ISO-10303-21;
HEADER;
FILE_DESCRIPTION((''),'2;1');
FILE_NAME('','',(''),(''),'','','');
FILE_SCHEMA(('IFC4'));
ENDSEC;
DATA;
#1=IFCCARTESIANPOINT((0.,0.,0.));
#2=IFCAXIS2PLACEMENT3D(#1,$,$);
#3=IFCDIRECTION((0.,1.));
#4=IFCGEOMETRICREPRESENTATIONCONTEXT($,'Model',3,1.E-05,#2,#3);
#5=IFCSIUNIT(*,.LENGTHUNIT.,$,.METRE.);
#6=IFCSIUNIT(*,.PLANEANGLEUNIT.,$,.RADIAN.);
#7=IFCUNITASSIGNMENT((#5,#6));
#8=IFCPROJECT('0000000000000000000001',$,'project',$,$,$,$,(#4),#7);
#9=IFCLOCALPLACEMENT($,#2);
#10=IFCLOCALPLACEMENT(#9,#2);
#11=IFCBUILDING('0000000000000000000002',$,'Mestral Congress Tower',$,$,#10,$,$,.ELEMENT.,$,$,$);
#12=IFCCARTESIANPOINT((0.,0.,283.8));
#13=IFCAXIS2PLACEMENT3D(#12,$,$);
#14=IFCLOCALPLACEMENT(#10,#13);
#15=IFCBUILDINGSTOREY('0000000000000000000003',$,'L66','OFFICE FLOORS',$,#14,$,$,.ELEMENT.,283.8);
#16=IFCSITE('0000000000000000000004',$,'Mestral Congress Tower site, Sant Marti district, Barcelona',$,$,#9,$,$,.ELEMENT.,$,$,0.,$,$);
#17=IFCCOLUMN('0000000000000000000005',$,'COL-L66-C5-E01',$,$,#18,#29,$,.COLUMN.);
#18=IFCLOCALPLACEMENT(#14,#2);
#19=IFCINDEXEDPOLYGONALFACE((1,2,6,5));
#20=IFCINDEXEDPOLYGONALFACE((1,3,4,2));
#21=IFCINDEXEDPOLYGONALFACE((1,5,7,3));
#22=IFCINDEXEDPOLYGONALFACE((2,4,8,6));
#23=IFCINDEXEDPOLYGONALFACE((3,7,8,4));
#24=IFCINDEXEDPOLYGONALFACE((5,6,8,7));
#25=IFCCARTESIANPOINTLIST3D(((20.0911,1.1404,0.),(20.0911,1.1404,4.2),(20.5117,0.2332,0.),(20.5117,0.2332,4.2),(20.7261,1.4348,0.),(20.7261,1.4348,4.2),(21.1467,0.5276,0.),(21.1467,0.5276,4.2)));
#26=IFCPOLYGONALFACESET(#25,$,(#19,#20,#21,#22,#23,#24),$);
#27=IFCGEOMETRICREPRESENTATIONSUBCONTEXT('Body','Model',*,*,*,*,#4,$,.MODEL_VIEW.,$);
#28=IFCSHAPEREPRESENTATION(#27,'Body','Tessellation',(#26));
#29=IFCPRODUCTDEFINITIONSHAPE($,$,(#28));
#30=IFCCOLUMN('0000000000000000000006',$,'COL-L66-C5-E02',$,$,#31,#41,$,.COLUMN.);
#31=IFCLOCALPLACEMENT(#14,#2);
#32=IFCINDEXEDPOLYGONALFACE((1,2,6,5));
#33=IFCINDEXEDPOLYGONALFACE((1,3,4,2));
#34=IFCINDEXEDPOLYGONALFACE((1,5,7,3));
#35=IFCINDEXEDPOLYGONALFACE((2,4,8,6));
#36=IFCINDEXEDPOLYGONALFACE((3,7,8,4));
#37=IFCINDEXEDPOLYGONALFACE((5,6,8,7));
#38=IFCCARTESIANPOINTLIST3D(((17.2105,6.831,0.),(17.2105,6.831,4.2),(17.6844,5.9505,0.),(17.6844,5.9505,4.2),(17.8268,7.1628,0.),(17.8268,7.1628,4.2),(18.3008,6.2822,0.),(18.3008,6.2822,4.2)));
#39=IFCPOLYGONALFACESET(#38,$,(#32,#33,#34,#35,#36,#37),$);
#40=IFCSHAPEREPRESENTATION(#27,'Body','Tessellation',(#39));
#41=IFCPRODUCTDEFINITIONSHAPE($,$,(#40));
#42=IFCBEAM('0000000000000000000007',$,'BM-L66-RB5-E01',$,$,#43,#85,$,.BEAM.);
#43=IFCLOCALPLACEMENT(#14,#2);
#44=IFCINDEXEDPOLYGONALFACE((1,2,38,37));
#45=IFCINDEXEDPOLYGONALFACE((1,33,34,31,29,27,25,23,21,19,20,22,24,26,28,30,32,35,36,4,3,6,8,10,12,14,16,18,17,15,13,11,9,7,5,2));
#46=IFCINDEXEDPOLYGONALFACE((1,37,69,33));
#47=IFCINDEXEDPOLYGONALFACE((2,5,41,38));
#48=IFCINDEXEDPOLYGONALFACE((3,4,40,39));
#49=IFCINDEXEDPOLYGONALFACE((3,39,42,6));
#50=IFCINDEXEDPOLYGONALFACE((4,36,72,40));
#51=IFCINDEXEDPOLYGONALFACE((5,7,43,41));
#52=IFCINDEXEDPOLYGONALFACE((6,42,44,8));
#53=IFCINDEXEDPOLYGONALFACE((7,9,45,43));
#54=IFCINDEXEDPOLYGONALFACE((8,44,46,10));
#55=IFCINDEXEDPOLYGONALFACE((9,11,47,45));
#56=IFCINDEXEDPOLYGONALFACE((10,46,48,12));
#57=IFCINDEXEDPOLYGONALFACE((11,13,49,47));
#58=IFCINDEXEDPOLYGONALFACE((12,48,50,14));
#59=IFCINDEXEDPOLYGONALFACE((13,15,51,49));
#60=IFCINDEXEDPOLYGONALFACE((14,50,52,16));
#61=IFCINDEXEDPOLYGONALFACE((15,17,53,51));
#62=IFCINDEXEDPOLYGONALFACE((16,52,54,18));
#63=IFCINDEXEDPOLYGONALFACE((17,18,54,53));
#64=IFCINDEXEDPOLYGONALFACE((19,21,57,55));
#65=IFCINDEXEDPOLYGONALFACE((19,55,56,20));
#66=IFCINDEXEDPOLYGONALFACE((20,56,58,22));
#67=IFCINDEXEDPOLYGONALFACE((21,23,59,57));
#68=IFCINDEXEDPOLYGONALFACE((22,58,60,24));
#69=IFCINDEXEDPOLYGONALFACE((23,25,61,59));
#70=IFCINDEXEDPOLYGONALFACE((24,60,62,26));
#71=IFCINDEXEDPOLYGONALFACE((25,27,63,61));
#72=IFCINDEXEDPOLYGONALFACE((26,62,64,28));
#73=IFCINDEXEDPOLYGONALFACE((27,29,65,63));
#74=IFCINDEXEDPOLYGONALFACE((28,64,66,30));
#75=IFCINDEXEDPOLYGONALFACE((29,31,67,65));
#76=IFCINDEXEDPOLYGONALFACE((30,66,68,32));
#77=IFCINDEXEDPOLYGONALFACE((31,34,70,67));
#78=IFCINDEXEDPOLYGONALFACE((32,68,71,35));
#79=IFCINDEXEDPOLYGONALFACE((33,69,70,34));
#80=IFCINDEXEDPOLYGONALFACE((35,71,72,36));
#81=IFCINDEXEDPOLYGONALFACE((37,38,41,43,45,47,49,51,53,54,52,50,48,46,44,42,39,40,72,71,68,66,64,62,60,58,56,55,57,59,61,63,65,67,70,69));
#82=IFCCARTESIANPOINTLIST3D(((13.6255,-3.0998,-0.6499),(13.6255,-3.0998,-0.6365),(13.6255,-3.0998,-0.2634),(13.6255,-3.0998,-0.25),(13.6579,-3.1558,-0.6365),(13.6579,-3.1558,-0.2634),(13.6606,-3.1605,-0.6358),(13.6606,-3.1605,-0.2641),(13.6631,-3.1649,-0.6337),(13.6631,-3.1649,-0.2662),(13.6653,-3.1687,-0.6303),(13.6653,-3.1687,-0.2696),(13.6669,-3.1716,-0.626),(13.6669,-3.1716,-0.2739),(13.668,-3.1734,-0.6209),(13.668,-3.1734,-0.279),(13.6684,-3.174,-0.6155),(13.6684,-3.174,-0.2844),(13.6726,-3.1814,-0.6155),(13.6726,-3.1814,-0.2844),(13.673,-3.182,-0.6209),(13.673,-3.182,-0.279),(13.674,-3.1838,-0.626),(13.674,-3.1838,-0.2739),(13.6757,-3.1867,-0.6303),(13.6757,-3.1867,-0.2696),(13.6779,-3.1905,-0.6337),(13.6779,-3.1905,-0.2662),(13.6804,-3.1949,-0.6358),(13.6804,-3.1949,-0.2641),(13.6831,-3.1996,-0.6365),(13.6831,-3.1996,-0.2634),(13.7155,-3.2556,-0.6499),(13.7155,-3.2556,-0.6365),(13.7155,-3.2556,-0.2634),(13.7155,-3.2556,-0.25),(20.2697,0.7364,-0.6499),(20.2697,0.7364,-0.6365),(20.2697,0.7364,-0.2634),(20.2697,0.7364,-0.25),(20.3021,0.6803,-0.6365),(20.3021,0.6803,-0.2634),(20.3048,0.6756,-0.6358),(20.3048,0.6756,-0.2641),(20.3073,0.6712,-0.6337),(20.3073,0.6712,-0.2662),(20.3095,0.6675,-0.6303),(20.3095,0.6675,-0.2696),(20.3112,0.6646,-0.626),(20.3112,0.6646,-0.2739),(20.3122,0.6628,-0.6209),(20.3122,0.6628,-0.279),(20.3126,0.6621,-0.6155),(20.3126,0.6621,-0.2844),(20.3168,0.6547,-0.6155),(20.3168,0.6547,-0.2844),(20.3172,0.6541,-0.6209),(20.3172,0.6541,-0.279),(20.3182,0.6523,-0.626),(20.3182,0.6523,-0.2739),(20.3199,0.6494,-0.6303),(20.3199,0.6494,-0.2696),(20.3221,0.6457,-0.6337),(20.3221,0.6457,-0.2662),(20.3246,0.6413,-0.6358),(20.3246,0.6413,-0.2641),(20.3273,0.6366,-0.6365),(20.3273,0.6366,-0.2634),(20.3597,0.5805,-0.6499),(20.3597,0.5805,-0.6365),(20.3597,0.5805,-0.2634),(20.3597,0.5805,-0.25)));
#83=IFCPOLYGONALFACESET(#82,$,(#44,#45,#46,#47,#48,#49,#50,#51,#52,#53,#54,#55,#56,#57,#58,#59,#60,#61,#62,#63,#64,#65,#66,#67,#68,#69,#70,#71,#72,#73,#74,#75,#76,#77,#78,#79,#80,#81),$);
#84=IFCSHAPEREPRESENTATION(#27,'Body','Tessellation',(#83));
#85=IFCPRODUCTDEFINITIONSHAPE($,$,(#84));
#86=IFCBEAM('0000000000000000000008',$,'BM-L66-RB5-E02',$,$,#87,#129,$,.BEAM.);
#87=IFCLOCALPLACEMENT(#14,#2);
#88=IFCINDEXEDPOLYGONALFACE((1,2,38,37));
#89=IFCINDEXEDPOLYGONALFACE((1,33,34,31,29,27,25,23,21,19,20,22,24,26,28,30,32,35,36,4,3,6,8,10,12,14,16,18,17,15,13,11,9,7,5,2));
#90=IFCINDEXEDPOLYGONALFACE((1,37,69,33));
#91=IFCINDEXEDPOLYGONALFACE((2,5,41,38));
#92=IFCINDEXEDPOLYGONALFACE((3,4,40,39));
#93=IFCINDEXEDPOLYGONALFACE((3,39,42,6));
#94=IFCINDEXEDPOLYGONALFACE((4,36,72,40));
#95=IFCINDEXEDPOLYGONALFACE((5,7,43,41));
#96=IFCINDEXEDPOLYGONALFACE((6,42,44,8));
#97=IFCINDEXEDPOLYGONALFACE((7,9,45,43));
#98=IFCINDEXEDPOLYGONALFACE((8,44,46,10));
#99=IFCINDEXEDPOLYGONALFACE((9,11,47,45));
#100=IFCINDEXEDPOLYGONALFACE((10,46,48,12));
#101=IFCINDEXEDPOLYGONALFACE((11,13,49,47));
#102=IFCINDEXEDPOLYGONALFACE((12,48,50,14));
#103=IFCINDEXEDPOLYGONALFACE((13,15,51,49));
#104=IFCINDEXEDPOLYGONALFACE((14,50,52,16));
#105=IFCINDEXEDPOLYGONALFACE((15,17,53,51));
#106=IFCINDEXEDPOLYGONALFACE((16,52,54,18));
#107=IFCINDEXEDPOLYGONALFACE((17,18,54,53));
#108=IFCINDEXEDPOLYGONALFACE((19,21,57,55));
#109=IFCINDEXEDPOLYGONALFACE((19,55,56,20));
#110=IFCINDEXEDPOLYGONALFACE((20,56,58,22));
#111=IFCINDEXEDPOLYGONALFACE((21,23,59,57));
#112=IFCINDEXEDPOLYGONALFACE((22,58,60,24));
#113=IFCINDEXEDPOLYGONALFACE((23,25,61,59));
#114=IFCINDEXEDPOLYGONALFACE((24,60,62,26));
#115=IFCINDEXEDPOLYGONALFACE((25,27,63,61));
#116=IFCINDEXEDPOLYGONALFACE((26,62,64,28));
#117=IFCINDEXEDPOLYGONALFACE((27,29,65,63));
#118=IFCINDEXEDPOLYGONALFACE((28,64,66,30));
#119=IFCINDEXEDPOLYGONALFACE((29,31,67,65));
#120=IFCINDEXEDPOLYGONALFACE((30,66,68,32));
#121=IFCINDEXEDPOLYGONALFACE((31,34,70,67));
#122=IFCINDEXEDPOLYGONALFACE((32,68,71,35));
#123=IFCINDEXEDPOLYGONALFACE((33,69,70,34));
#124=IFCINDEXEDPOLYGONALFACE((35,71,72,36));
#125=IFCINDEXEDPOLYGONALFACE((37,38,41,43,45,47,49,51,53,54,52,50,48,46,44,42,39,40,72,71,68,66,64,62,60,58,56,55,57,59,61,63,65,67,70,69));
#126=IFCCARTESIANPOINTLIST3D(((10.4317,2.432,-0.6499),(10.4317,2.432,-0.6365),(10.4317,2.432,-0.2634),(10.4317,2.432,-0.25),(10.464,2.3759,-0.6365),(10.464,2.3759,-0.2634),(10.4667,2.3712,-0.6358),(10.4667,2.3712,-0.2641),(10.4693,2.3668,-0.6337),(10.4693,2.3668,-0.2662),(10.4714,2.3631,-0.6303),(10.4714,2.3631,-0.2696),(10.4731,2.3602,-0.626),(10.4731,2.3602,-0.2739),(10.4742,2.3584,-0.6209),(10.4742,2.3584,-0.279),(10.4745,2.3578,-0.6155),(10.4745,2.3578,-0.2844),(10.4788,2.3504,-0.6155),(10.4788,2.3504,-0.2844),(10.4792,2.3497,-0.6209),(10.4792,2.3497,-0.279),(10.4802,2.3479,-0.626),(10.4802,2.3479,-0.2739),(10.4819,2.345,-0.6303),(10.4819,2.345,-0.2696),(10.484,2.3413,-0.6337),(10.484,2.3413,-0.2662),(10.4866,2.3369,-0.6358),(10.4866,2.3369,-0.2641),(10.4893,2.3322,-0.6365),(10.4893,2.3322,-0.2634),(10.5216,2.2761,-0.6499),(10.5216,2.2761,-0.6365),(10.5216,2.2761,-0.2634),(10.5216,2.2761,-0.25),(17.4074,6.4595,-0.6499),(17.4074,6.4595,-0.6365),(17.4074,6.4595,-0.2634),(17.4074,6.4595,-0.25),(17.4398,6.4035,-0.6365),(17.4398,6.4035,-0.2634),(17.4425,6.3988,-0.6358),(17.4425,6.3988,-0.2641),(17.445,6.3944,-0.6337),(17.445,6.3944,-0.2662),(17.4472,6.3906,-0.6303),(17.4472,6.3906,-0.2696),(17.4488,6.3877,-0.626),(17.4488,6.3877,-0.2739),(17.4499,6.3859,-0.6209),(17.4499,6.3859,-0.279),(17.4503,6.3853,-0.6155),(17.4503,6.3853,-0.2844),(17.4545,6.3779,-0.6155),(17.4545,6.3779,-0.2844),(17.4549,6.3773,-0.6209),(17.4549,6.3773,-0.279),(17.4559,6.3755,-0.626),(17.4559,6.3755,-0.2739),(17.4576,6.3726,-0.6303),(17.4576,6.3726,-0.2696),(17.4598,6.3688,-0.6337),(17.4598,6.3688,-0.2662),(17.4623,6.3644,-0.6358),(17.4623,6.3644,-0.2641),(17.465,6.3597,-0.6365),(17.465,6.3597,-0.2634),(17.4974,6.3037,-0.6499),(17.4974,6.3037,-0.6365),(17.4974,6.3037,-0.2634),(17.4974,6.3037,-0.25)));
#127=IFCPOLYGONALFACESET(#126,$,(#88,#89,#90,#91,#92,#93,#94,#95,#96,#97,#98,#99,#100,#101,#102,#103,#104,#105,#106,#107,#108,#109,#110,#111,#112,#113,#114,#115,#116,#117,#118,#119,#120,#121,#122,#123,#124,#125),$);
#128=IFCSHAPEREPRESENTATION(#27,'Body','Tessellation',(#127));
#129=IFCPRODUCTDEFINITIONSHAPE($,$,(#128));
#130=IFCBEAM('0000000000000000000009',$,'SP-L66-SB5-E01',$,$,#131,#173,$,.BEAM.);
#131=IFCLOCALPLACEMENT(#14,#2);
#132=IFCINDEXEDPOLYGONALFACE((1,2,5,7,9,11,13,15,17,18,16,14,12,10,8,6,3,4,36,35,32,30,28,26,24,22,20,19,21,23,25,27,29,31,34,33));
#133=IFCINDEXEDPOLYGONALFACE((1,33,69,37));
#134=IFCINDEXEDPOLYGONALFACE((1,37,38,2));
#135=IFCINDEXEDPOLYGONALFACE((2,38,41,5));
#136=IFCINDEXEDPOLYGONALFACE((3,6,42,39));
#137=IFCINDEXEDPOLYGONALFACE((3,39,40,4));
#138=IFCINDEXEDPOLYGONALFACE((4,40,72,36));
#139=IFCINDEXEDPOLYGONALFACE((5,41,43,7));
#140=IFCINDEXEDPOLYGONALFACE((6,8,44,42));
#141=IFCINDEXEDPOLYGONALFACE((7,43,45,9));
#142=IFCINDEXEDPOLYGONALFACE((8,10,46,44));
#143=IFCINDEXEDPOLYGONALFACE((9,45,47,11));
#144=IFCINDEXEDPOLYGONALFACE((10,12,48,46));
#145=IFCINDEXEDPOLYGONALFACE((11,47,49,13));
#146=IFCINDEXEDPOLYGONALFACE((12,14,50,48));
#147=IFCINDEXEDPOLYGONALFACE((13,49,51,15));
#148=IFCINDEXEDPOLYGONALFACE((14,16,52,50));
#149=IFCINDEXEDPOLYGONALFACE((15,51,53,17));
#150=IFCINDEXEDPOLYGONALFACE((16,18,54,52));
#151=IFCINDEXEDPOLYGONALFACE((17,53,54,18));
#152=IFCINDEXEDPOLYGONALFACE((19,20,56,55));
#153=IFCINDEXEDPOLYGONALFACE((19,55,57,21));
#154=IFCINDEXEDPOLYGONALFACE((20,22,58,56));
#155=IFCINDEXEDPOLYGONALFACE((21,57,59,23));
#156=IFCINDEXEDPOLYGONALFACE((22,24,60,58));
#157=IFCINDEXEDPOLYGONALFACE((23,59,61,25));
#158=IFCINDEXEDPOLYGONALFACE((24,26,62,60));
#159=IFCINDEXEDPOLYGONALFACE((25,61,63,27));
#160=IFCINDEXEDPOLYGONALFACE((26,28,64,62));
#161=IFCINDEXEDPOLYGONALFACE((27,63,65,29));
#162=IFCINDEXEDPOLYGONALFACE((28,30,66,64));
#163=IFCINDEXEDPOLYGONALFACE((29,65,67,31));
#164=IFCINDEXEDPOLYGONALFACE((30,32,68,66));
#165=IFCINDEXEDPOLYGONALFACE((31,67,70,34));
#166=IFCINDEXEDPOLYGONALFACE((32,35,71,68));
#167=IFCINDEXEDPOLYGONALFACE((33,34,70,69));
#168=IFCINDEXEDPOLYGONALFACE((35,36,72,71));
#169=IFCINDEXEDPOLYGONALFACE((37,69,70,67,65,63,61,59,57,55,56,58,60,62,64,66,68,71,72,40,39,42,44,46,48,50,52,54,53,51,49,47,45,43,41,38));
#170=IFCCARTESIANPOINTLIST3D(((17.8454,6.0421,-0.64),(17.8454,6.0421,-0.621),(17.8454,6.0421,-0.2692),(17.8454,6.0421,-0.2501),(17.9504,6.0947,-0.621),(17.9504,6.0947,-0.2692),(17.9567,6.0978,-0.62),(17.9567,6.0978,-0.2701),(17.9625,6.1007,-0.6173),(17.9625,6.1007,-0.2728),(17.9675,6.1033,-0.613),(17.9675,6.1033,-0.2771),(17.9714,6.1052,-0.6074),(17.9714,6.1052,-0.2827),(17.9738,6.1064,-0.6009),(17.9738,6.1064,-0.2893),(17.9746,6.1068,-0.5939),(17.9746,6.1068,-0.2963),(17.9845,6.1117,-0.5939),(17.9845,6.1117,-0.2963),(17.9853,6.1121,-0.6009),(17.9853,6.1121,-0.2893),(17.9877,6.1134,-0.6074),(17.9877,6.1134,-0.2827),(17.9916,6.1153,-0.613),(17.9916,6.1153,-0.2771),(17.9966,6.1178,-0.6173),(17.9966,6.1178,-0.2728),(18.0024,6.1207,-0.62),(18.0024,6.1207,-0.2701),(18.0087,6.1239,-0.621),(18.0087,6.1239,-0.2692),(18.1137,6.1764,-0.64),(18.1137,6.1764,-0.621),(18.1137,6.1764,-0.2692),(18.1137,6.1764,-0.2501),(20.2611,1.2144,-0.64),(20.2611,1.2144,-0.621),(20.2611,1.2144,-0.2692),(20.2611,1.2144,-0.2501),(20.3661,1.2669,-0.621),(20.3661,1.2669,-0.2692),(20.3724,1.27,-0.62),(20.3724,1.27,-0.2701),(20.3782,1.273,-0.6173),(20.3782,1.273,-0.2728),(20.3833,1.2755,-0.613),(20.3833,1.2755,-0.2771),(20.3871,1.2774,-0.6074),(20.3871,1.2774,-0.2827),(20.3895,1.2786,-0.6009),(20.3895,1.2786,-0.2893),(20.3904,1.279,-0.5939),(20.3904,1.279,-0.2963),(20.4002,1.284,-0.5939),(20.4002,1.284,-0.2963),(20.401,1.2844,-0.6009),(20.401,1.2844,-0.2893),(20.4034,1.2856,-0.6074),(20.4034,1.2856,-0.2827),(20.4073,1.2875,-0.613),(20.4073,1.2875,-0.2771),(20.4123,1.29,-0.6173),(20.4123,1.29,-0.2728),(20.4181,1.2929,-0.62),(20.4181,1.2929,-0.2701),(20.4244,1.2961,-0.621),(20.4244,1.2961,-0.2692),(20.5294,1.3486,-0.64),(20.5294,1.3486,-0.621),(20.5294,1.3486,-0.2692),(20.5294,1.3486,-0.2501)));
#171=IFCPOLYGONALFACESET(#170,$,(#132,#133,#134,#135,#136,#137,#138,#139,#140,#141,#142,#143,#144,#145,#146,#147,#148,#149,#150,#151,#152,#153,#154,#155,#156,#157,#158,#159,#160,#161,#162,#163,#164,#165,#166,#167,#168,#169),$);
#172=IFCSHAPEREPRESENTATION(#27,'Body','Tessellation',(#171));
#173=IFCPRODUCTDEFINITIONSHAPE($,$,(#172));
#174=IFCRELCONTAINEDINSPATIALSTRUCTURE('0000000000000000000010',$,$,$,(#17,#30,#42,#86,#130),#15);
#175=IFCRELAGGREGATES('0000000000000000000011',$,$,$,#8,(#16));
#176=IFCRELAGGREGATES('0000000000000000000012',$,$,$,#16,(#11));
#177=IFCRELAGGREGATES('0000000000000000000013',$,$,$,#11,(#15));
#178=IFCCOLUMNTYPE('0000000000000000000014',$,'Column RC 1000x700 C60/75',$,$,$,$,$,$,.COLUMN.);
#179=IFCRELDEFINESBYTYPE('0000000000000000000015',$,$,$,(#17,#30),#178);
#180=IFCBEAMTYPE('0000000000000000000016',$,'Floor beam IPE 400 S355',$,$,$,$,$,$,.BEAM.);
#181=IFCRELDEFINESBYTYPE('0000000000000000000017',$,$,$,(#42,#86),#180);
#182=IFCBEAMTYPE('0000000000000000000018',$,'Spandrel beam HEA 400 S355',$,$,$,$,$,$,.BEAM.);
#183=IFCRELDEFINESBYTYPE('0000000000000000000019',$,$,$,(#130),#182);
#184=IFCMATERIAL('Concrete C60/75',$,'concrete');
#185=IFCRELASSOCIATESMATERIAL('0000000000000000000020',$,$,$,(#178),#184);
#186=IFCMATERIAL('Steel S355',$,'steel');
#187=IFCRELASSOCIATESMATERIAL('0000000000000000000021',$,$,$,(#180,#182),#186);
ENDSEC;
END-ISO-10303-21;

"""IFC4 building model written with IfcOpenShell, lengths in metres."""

from ifc_helpers import new_model, si_unit, direction, frame, origin, origin_2d, place, context, subcontext, project, spatial, rectangle, i_section, extrude, material, material_profile, profile_set, type_object, element, save


model = new_model("IFC4")

# Units and contexts
model_context = context("Model", 3, precision=1e-05, world=origin(), true_north=direction((0.0, 1.0)))
body_context = subcontext(model_context, "Body", "Model", "MODEL_VIEW")
ifc_project = project(units=[si_unit("LENGTHUNIT", "METRE"), si_unit("PLANEANGLEUNIT", "RADIAN")], contexts=[model_context])

# Site, building, storey
site_placement = place(None, origin())
site = spatial("IfcSite", under=ifc_project, at=site_placement, Name="Mestral Congress Tower site, Sant Marti district, Barcelona", CompositionType="ELEMENT", RefElevation=0.0)
building_placement = place(site_placement, origin())
building = spatial("IfcBuilding", under=site, at=building_placement, Name="Mestral Congress Tower", CompositionType="ELEMENT")
storey_placement = place(building_placement, frame((0.0, 0.0, 283.8)))
storey = spatial("IfcBuildingStorey", under=building, at=storey_placement, Name="L66", Description="OFFICE FLOORS", CompositionType="ELEMENT", Elevation=283.8)

# Columns
ifc_material_1 = material(Name="Concrete C60/75", Category="concrete")
ifc_material_profile_1 = material_profile(ifc_material_1, rectangle(XDim=1.0, YDim=0.7, at=origin_2d()), Name="RC 1000x700")
ifc_profile_set_1 = profile_set([ifc_material_profile_1], Name="Concrete C60/75")
column_type = type_object("IfcColumnType", Name="Column RC 1000x700 C60/75", PredefinedType="COLUMN", material=ifc_profile_set_1)
for number, where, z_axis, x_axis, name in (
    (1, (20.6189, 0.834, 0.0), (0.0, 0.0, 1.0), (-0.420596, 0.907248, 0.0), "COL-L66-C5-E01"),
    (2, (17.7556, 6.5566, 0.0), (0.0, 0.0, 1.0), (-0.473945, 0.880554, 0.0), "COL-L66-C5-E02"),
):
    element("IfcColumn", number, at=place(storey_placement, frame(where, z_axis=z_axis, x_axis=x_axis)), inside=storey, type_object=column_type, Name=name, PredefinedType="COLUMN", context=body_context, shape_type="SweptSolid", body=[
        extrude(rectangle(XDim=1.0, YDim=0.7, at=origin_2d()), origin(), (0.0, 0.0, 1.0), 4.2),
    ])

# Beams
ifc_material_2 = material(Name="Steel S355", Category="steel")
ifc_material_profile_2 = material_profile(ifc_material_2, i_section(OverallWidth=0.1799, OverallDepth=0.3999, WebThickness=0.0085, FlangeThickness=0.0134, FilletRadius=0.021, at=origin_2d()), Name="IPE 400")
ifc_profile_set_2 = profile_set([ifc_material_profile_2], Name="Steel S355")
beam_type_1 = type_object("IfcBeamType", Name="Floor beam IPE 400 S355", PredefinedType="BEAM", material=ifc_profile_set_2)
beam_1_placement = place(storey_placement, frame((20.3147, 0.6584, -0.45), z_axis=(-0.86602, -0.50001, 0.0), x_axis=(0.50001, -0.86602, 0.0)))
element("IfcBeam", 3, at=beam_1_placement, inside=storey, type_object=beam_type_1, Name="BM-L66-RB5-E01", PredefinedType="BEAM", context=body_context, shape_type="SweptSolid", body=[
    extrude(i_section(OverallWidth=0.1799, OverallDepth=0.3999, WebThickness=0.0085, FlangeThickness=0.0134, FilletRadius=0.021, at=origin_2d()), origin(), (0.0, 0.0, 1.0), 7.6721),
])
beam_2_placement = place(storey_placement, frame((17.4524, 6.3816, -0.45), z_axis=(-0.866021, -0.500008, 0.0), x_axis=(0.500008, -0.866021, 0.0)))
element("IfcBeam", 4, at=beam_2_placement, inside=storey, type_object=beam_type_1, Name="BM-L66-RB5-E02", PredefinedType="BEAM", context=body_context, shape_type="SweptSolid", body=[
    extrude(i_section(OverallWidth=0.1799, OverallDepth=0.3999, WebThickness=0.0085, FlangeThickness=0.0134, FilletRadius=0.021, at=origin_2d()), origin(), (0.0, 0.0, 1.0), 8.0549),
])
ifc_material_profile_3 = material_profile(ifc_material_2, i_section(OverallWidth=0.3, OverallDepth=0.3899, WebThickness=0.011, FlangeThickness=0.019, FilletRadius=0.0271, at=origin_2d()), Name="HEA 400")
ifc_profile_set_3 = profile_set([ifc_material_profile_3], Name="Steel S355")
beam_type_2 = type_object("IfcBeamType", Name="Spandrel beam HEA 400 S355", PredefinedType="BEAM", material=ifc_profile_set_3)
beam_3_placement = place(storey_placement, frame((20.3953, 1.2815, -0.4451), z_axis=(-0.447485, 0.894291, 0.0), x_axis=(-0.894291, -0.447485, 0.0)))
element("IfcBeam", 5, at=beam_3_placement, inside=storey, type_object=beam_type_2, Name="SP-L66-SB5-E01", PredefinedType="BEAM", context=body_context, shape_type="SweptSolid", body=[
    extrude(i_section(OverallWidth=0.3, OverallDepth=0.3899, WebThickness=0.011, FlangeThickness=0.019, FilletRadius=0.0271, at=origin_2d()), origin(), (0.0, 0.0, 1.0), 5.3984),
])

save(model, "model.ifc")
